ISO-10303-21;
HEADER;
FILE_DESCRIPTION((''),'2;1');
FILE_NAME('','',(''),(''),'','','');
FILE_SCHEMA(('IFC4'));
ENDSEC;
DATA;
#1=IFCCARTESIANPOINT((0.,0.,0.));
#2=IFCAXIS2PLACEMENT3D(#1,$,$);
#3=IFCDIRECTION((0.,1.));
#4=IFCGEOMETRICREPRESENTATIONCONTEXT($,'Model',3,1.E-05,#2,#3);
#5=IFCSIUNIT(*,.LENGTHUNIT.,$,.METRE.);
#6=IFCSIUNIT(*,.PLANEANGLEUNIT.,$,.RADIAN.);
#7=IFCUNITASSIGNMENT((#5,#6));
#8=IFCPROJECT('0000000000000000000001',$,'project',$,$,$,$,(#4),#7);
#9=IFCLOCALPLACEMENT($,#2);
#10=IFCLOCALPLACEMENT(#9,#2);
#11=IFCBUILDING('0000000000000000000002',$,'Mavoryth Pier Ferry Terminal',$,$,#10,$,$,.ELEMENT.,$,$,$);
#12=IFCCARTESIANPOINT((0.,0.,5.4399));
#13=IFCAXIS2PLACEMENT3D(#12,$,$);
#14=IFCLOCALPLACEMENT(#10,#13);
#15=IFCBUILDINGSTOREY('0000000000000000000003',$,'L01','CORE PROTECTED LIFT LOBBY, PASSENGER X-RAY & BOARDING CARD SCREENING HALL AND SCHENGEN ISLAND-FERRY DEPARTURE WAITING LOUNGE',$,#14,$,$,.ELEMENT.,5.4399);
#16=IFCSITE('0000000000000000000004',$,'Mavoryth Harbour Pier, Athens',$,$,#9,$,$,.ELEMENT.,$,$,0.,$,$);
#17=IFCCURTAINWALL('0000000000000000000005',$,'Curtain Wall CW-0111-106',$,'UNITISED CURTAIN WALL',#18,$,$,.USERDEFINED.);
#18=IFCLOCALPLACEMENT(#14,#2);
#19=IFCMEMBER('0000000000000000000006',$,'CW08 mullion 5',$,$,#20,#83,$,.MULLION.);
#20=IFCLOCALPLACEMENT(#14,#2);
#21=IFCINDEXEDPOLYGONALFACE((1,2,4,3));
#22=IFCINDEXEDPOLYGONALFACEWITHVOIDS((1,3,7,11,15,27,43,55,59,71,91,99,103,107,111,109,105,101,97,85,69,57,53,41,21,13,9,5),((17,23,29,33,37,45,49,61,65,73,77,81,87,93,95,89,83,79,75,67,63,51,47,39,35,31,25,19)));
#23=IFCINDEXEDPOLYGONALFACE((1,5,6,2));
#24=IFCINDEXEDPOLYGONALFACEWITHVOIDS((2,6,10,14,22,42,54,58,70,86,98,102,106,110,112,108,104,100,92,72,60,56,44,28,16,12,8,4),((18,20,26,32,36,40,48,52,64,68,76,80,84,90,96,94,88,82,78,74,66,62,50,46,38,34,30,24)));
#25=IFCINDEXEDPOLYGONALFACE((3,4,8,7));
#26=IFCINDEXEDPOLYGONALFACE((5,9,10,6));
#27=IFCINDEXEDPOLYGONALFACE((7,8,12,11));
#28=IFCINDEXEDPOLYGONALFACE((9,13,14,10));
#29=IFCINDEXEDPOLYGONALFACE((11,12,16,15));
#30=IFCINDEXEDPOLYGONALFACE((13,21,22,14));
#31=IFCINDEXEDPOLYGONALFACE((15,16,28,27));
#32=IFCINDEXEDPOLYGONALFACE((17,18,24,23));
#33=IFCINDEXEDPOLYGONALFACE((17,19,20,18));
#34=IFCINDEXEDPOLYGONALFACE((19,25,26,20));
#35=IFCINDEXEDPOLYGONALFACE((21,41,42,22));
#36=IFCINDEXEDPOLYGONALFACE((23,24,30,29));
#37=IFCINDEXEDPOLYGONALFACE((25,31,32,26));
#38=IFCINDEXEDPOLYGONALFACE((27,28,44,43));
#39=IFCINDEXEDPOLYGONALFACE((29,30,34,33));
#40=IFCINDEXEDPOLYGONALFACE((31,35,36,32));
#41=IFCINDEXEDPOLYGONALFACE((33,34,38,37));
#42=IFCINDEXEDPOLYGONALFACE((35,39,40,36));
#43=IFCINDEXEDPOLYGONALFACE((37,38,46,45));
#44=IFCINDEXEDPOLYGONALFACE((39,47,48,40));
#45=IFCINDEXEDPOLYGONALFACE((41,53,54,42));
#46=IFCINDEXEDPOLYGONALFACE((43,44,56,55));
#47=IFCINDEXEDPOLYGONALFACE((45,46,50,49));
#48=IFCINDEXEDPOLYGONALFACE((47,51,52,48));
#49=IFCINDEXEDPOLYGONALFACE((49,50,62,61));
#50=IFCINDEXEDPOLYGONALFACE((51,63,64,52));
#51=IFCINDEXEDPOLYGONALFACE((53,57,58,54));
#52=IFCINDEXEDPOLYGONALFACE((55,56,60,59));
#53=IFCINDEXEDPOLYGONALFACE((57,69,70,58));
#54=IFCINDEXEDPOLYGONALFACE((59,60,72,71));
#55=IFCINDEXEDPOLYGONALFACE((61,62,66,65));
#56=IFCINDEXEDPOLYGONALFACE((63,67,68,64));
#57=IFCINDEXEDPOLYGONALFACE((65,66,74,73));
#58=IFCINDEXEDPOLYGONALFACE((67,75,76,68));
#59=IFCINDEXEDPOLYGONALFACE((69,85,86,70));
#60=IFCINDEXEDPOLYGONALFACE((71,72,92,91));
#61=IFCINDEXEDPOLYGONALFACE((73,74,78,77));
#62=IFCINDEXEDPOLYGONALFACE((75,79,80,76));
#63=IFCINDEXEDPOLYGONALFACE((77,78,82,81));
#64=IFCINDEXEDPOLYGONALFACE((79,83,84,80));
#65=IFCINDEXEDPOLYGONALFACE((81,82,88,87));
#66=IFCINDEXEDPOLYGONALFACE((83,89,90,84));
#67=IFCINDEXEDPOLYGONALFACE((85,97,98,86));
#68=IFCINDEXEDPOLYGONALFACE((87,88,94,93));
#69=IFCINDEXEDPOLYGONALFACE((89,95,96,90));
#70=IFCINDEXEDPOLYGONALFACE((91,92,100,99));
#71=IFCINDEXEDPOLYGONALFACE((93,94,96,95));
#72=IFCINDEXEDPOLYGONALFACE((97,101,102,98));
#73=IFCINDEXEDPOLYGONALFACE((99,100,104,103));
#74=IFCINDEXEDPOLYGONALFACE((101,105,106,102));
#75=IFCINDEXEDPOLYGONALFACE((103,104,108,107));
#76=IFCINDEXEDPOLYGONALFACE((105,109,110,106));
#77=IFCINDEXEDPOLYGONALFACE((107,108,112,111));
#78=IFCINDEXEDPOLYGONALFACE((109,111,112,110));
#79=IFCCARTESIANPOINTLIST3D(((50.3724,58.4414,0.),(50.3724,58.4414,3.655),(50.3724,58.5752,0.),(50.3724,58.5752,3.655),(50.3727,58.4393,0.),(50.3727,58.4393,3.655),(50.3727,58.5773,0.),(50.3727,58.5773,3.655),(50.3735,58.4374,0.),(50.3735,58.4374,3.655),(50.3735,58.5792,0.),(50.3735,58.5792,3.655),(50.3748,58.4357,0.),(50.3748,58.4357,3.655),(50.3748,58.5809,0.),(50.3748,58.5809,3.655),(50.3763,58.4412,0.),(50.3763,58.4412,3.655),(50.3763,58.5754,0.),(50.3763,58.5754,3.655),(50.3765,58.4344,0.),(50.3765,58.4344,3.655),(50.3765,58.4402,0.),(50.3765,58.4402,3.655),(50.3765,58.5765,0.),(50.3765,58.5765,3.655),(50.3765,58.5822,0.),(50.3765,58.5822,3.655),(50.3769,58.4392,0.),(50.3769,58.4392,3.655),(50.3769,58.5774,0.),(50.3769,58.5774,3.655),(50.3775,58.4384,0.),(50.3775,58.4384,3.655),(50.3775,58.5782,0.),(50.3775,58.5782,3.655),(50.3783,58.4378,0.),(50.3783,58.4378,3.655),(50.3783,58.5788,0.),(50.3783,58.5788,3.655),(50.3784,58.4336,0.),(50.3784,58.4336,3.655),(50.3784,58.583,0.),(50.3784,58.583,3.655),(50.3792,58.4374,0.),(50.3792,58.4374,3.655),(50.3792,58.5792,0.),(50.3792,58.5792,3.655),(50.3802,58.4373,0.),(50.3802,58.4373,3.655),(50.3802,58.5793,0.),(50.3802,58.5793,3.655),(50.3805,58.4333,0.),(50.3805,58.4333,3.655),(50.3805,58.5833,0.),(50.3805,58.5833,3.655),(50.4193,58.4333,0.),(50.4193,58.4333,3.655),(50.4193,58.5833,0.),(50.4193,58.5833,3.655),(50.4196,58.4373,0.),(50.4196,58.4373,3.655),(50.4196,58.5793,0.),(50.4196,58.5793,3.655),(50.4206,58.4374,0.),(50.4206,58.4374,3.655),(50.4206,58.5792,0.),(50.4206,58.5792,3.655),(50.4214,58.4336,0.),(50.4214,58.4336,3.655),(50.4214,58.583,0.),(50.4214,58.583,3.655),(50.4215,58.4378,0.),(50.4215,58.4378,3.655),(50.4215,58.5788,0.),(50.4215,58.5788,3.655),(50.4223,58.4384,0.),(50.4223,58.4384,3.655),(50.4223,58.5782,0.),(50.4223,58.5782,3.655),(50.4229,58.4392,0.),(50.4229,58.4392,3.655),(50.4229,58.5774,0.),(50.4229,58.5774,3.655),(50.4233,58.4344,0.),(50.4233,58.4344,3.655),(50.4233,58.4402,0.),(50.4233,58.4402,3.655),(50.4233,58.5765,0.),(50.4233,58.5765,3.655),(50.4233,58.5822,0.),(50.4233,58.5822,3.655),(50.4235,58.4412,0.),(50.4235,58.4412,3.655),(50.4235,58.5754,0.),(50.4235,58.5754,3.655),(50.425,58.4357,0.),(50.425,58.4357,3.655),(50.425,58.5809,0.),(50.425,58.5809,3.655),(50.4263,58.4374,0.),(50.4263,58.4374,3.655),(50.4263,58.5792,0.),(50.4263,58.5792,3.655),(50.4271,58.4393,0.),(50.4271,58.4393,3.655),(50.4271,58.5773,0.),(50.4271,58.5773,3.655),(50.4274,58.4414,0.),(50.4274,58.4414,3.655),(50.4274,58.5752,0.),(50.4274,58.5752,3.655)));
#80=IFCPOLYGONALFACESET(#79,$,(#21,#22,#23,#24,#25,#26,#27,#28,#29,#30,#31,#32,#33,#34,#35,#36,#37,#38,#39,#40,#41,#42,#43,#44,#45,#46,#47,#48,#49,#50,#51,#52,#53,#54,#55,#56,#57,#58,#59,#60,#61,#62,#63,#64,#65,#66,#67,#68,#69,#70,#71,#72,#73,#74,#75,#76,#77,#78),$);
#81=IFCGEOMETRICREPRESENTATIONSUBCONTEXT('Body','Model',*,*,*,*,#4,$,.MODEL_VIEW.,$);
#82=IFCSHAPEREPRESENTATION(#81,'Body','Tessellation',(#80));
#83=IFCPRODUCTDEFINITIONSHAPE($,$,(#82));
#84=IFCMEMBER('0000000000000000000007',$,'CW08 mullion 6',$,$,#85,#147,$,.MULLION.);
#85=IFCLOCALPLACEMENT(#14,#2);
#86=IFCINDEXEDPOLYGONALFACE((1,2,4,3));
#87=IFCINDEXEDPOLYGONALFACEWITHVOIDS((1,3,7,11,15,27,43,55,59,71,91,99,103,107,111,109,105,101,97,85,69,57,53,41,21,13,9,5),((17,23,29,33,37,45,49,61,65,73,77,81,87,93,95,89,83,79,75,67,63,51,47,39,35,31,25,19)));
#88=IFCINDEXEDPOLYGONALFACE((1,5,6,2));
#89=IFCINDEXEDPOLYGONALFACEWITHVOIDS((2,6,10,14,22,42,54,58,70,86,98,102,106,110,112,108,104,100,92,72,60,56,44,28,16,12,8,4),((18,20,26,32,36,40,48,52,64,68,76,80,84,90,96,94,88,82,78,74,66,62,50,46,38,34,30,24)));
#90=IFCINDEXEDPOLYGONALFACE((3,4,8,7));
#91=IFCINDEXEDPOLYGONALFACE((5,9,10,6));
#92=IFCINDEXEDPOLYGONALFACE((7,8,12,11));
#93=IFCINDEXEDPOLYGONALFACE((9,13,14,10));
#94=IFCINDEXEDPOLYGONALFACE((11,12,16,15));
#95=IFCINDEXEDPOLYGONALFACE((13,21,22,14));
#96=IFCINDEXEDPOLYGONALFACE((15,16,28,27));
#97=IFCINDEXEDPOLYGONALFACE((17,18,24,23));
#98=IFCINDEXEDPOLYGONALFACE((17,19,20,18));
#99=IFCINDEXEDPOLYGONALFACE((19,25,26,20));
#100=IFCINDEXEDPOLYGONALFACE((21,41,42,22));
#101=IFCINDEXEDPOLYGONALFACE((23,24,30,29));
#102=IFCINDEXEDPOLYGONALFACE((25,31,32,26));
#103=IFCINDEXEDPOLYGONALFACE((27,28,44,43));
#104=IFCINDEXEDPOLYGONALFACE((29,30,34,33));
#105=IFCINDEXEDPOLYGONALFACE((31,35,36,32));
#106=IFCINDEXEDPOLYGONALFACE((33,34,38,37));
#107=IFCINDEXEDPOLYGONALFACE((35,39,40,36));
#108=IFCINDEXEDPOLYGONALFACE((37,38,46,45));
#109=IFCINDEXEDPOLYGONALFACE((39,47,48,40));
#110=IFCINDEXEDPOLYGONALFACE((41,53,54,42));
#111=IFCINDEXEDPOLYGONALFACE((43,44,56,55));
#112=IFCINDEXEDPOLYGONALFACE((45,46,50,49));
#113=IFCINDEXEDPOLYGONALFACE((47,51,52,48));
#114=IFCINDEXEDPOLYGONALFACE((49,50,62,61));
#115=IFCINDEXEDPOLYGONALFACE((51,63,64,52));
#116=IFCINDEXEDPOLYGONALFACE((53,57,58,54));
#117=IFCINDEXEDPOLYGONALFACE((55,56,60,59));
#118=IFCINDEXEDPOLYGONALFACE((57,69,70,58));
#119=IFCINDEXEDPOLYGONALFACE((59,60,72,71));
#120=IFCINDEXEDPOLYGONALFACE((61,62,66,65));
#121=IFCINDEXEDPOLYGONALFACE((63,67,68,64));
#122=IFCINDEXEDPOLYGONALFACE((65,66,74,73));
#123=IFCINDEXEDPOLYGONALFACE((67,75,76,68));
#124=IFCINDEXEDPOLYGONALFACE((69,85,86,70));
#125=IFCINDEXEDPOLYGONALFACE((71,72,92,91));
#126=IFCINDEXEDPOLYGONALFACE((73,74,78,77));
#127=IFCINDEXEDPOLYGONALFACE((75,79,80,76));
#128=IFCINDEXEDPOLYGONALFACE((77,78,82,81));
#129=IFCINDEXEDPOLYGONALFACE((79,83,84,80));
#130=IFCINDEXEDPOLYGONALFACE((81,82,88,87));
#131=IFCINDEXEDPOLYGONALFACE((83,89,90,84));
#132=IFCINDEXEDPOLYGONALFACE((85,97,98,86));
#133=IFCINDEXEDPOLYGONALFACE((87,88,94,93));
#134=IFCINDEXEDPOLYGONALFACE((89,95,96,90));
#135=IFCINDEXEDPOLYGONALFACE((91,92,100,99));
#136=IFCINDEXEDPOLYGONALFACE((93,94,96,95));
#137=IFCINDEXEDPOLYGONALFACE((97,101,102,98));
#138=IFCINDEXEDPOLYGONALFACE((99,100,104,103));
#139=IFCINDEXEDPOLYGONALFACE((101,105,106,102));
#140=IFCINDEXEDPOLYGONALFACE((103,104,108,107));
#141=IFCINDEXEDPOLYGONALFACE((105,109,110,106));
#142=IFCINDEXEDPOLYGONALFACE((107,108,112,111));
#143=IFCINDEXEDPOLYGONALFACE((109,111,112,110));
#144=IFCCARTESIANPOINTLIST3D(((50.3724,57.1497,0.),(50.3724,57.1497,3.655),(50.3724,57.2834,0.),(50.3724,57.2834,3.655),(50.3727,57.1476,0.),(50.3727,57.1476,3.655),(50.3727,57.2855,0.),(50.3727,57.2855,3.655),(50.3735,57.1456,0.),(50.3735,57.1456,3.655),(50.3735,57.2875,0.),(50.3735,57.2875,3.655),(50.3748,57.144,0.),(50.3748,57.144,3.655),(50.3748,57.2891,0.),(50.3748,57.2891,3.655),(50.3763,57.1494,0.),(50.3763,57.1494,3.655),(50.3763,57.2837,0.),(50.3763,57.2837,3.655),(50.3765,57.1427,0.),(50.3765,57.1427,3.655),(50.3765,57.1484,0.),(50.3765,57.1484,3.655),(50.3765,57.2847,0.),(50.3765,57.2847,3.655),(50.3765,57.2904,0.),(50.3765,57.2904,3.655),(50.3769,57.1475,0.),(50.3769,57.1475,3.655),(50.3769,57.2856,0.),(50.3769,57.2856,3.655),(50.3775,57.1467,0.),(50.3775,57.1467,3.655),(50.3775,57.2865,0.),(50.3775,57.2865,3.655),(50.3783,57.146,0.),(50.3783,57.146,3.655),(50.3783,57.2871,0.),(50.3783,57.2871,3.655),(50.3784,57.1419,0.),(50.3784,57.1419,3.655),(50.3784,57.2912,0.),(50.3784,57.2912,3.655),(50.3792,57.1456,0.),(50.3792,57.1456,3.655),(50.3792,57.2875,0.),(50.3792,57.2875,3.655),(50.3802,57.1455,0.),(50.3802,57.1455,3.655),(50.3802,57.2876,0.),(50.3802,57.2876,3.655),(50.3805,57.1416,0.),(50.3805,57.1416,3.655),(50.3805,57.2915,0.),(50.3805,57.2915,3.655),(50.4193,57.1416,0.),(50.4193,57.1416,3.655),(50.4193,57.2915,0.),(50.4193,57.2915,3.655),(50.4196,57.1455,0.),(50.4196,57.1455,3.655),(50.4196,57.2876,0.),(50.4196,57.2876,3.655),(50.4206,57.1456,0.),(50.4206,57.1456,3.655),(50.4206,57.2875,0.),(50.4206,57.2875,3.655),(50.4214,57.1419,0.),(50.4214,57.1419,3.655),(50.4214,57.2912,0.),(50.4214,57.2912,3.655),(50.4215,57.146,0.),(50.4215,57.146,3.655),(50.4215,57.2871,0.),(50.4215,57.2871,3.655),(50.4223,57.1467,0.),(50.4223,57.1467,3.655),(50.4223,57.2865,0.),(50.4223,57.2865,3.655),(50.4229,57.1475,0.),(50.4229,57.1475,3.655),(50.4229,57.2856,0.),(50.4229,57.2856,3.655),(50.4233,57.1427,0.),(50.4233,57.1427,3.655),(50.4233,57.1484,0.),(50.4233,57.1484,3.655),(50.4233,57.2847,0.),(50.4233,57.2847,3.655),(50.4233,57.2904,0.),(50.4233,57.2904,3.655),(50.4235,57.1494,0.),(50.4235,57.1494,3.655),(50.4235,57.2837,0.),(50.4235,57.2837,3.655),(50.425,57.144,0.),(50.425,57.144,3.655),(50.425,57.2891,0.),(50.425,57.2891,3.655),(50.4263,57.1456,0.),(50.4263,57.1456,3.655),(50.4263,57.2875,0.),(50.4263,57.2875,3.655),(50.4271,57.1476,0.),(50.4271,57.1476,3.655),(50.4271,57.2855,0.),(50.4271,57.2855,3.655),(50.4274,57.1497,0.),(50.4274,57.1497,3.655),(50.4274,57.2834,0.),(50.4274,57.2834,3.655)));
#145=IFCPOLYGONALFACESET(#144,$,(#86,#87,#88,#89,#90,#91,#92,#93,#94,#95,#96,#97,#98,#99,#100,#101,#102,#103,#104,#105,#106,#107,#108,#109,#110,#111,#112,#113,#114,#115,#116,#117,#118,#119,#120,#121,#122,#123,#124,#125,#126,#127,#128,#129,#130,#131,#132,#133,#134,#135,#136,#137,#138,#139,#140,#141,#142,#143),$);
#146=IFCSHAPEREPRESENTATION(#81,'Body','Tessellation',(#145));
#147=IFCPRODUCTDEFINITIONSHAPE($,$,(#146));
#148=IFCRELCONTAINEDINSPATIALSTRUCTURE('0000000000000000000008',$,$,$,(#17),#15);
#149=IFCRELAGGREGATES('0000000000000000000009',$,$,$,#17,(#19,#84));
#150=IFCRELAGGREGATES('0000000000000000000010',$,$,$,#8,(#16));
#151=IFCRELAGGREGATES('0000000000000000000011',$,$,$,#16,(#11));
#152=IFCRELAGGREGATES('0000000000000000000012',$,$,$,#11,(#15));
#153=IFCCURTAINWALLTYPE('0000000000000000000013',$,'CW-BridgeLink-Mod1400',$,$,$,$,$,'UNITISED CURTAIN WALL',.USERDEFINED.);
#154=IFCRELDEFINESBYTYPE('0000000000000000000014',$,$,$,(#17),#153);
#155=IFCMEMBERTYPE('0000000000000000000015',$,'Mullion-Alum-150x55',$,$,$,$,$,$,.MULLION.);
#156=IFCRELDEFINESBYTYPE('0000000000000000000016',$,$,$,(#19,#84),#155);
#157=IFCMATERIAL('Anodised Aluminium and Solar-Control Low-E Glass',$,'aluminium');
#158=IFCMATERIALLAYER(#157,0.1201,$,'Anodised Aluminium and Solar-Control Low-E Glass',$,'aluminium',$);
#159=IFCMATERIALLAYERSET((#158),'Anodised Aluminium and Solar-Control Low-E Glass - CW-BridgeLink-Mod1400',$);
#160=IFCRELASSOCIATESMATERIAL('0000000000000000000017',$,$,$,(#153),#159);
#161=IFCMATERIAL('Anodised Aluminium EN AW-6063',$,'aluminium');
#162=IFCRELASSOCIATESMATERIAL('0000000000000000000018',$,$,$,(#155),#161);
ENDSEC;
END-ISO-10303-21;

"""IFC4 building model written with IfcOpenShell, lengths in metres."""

from ifc_helpers import new_model, si_unit, direction, frame, origin, origin_2d, place, context, subcontext, project, spatial, hollow_rectangle, extrude, material, layer, layer_set, material_profile, profile_set, type_object, element, aggregate, save


model = new_model("IFC4")

# Units and contexts
model_context = context("Model", 3, precision=1e-05, world=origin(), true_north=direction((0.0, 1.0)))
body_context = subcontext(model_context, "Body", "Model", "MODEL_VIEW")
ifc_project = project(units=[si_unit("LENGTHUNIT", "METRE"), si_unit("PLANEANGLEUNIT", "RADIAN")], contexts=[model_context])

# Site, building, storey
site_placement = place(None, origin())
site = spatial("IfcSite", under=ifc_project, at=site_placement, Name="Mavoryth Harbour Pier, Athens", CompositionType="ELEMENT", RefElevation=0.0)
building_placement = place(site_placement, origin())
building = spatial("IfcBuilding", under=site, at=building_placement, Name="Mavoryth Pier Ferry Terminal", CompositionType="ELEMENT")
storey_placement = place(building_placement, frame((0.0, 0.0, 5.4399)))
storey = spatial("IfcBuildingStorey", under=building, at=storey_placement, Name="L01", Description="CORE PROTECTED LIFT LOBBY, PASSENGER X-RAY & BOARDING CARD SCREENING HALL AND SCHENGEN ISLAND-FERRY DEPARTURE WAITING LOUNGE", CompositionType="ELEMENT", Elevation=5.4399)

# Shared definitions
ifc_material_1 = material(Name="Anodised Aluminium and Solar-Control Low-E Glass", Category="aluminium")
ifc_layer_1 = layer(ifc_material_1, 0.1201, Name="Anodised Aluminium and Solar-Control Low-E Glass", Category="aluminium")
ifc_layer_set_1 = layer_set([ifc_layer_1], Name="Anodised Aluminium and Solar-Control Low-E Glass - CW-BridgeLink-Mod1400")
curtain_wall_type = type_object("IfcCurtainWallType", Name="CW-BridgeLink-Mod1400", ElementType="UNITISED CURTAIN WALL", PredefinedType="USERDEFINED", material=ifc_layer_set_1)
ifc_material_2 = material(Name="Anodised Aluminium EN AW-6063", Category="aluminium")
ifc_material_profile_1 = material_profile(ifc_material_2, hollow_rectangle(XDim=0.0549, YDim=0.1499, WallThickness=0.0039, InnerFilletRadius=0.0039, OuterFilletRadius=0.0081, at=origin_2d()), Name="AL-MULL 150x55x4", Category="aluminium")
ifc_profile_set_1 = profile_set([ifc_material_profile_1], Name="Anodised Aluminium EN AW-6063 - AL-MULL 150x55x4")
member_type_1 = type_object("IfcMemberType", Name="Mullion-Alum-150x55", PredefinedType="MULLION", material=ifc_profile_set_1)

# Curtain wall, members
curtain_wall_1_placement = place(storey_placement, origin())
curtain_wall_1 = element("IfcCurtainWall", 1, at=curtain_wall_1_placement, inside=storey, type_object=curtain_wall_type, Name="Curtain Wall CW-0111-106", ObjectType="UNITISED CURTAIN WALL", PredefinedType="USERDEFINED")
member_1_placement = place(storey_placement, frame((50.3999, 58.5083, 0.0), z_axis=(0.0, 0.0, 1.0), x_axis=(1.0, 0.0, 0.0)))
member_1 = element("IfcMember", 2, at=member_1_placement, type_object=member_type_1, Name="CW08 mullion 5", PredefinedType="MULLION", context=body_context, shape_type="SweptSolid", body=[
    extrude(hollow_rectangle(XDim=0.0549, YDim=0.1499, WallThickness=0.0039, InnerFilletRadius=0.0039, OuterFilletRadius=0.0081, at=origin_2d()), origin(), (0.0, 0.0, 1.0), 3.655),
])
member_2_placement = place(storey_placement, frame((50.3999, 57.2166, 0.0), z_axis=(0.0, 0.0, 1.0), x_axis=(1.0, 0.0, 0.0)))
member_2 = element("IfcMember", 3, at=member_2_placement, type_object=member_type_1, Name="CW08 mullion 6", PredefinedType="MULLION", context=body_context, shape_type="SweptSolid", body=[
    extrude(hollow_rectangle(XDim=0.0549, YDim=0.1499, WallThickness=0.0039, InnerFilletRadius=0.0039, OuterFilletRadius=0.0081, at=origin_2d()), origin(), (0.0, 0.0, 1.0), 3.655),
])

aggregate(curtain_wall_1, [member_1, member_2])

save(model, "model.ifc")
